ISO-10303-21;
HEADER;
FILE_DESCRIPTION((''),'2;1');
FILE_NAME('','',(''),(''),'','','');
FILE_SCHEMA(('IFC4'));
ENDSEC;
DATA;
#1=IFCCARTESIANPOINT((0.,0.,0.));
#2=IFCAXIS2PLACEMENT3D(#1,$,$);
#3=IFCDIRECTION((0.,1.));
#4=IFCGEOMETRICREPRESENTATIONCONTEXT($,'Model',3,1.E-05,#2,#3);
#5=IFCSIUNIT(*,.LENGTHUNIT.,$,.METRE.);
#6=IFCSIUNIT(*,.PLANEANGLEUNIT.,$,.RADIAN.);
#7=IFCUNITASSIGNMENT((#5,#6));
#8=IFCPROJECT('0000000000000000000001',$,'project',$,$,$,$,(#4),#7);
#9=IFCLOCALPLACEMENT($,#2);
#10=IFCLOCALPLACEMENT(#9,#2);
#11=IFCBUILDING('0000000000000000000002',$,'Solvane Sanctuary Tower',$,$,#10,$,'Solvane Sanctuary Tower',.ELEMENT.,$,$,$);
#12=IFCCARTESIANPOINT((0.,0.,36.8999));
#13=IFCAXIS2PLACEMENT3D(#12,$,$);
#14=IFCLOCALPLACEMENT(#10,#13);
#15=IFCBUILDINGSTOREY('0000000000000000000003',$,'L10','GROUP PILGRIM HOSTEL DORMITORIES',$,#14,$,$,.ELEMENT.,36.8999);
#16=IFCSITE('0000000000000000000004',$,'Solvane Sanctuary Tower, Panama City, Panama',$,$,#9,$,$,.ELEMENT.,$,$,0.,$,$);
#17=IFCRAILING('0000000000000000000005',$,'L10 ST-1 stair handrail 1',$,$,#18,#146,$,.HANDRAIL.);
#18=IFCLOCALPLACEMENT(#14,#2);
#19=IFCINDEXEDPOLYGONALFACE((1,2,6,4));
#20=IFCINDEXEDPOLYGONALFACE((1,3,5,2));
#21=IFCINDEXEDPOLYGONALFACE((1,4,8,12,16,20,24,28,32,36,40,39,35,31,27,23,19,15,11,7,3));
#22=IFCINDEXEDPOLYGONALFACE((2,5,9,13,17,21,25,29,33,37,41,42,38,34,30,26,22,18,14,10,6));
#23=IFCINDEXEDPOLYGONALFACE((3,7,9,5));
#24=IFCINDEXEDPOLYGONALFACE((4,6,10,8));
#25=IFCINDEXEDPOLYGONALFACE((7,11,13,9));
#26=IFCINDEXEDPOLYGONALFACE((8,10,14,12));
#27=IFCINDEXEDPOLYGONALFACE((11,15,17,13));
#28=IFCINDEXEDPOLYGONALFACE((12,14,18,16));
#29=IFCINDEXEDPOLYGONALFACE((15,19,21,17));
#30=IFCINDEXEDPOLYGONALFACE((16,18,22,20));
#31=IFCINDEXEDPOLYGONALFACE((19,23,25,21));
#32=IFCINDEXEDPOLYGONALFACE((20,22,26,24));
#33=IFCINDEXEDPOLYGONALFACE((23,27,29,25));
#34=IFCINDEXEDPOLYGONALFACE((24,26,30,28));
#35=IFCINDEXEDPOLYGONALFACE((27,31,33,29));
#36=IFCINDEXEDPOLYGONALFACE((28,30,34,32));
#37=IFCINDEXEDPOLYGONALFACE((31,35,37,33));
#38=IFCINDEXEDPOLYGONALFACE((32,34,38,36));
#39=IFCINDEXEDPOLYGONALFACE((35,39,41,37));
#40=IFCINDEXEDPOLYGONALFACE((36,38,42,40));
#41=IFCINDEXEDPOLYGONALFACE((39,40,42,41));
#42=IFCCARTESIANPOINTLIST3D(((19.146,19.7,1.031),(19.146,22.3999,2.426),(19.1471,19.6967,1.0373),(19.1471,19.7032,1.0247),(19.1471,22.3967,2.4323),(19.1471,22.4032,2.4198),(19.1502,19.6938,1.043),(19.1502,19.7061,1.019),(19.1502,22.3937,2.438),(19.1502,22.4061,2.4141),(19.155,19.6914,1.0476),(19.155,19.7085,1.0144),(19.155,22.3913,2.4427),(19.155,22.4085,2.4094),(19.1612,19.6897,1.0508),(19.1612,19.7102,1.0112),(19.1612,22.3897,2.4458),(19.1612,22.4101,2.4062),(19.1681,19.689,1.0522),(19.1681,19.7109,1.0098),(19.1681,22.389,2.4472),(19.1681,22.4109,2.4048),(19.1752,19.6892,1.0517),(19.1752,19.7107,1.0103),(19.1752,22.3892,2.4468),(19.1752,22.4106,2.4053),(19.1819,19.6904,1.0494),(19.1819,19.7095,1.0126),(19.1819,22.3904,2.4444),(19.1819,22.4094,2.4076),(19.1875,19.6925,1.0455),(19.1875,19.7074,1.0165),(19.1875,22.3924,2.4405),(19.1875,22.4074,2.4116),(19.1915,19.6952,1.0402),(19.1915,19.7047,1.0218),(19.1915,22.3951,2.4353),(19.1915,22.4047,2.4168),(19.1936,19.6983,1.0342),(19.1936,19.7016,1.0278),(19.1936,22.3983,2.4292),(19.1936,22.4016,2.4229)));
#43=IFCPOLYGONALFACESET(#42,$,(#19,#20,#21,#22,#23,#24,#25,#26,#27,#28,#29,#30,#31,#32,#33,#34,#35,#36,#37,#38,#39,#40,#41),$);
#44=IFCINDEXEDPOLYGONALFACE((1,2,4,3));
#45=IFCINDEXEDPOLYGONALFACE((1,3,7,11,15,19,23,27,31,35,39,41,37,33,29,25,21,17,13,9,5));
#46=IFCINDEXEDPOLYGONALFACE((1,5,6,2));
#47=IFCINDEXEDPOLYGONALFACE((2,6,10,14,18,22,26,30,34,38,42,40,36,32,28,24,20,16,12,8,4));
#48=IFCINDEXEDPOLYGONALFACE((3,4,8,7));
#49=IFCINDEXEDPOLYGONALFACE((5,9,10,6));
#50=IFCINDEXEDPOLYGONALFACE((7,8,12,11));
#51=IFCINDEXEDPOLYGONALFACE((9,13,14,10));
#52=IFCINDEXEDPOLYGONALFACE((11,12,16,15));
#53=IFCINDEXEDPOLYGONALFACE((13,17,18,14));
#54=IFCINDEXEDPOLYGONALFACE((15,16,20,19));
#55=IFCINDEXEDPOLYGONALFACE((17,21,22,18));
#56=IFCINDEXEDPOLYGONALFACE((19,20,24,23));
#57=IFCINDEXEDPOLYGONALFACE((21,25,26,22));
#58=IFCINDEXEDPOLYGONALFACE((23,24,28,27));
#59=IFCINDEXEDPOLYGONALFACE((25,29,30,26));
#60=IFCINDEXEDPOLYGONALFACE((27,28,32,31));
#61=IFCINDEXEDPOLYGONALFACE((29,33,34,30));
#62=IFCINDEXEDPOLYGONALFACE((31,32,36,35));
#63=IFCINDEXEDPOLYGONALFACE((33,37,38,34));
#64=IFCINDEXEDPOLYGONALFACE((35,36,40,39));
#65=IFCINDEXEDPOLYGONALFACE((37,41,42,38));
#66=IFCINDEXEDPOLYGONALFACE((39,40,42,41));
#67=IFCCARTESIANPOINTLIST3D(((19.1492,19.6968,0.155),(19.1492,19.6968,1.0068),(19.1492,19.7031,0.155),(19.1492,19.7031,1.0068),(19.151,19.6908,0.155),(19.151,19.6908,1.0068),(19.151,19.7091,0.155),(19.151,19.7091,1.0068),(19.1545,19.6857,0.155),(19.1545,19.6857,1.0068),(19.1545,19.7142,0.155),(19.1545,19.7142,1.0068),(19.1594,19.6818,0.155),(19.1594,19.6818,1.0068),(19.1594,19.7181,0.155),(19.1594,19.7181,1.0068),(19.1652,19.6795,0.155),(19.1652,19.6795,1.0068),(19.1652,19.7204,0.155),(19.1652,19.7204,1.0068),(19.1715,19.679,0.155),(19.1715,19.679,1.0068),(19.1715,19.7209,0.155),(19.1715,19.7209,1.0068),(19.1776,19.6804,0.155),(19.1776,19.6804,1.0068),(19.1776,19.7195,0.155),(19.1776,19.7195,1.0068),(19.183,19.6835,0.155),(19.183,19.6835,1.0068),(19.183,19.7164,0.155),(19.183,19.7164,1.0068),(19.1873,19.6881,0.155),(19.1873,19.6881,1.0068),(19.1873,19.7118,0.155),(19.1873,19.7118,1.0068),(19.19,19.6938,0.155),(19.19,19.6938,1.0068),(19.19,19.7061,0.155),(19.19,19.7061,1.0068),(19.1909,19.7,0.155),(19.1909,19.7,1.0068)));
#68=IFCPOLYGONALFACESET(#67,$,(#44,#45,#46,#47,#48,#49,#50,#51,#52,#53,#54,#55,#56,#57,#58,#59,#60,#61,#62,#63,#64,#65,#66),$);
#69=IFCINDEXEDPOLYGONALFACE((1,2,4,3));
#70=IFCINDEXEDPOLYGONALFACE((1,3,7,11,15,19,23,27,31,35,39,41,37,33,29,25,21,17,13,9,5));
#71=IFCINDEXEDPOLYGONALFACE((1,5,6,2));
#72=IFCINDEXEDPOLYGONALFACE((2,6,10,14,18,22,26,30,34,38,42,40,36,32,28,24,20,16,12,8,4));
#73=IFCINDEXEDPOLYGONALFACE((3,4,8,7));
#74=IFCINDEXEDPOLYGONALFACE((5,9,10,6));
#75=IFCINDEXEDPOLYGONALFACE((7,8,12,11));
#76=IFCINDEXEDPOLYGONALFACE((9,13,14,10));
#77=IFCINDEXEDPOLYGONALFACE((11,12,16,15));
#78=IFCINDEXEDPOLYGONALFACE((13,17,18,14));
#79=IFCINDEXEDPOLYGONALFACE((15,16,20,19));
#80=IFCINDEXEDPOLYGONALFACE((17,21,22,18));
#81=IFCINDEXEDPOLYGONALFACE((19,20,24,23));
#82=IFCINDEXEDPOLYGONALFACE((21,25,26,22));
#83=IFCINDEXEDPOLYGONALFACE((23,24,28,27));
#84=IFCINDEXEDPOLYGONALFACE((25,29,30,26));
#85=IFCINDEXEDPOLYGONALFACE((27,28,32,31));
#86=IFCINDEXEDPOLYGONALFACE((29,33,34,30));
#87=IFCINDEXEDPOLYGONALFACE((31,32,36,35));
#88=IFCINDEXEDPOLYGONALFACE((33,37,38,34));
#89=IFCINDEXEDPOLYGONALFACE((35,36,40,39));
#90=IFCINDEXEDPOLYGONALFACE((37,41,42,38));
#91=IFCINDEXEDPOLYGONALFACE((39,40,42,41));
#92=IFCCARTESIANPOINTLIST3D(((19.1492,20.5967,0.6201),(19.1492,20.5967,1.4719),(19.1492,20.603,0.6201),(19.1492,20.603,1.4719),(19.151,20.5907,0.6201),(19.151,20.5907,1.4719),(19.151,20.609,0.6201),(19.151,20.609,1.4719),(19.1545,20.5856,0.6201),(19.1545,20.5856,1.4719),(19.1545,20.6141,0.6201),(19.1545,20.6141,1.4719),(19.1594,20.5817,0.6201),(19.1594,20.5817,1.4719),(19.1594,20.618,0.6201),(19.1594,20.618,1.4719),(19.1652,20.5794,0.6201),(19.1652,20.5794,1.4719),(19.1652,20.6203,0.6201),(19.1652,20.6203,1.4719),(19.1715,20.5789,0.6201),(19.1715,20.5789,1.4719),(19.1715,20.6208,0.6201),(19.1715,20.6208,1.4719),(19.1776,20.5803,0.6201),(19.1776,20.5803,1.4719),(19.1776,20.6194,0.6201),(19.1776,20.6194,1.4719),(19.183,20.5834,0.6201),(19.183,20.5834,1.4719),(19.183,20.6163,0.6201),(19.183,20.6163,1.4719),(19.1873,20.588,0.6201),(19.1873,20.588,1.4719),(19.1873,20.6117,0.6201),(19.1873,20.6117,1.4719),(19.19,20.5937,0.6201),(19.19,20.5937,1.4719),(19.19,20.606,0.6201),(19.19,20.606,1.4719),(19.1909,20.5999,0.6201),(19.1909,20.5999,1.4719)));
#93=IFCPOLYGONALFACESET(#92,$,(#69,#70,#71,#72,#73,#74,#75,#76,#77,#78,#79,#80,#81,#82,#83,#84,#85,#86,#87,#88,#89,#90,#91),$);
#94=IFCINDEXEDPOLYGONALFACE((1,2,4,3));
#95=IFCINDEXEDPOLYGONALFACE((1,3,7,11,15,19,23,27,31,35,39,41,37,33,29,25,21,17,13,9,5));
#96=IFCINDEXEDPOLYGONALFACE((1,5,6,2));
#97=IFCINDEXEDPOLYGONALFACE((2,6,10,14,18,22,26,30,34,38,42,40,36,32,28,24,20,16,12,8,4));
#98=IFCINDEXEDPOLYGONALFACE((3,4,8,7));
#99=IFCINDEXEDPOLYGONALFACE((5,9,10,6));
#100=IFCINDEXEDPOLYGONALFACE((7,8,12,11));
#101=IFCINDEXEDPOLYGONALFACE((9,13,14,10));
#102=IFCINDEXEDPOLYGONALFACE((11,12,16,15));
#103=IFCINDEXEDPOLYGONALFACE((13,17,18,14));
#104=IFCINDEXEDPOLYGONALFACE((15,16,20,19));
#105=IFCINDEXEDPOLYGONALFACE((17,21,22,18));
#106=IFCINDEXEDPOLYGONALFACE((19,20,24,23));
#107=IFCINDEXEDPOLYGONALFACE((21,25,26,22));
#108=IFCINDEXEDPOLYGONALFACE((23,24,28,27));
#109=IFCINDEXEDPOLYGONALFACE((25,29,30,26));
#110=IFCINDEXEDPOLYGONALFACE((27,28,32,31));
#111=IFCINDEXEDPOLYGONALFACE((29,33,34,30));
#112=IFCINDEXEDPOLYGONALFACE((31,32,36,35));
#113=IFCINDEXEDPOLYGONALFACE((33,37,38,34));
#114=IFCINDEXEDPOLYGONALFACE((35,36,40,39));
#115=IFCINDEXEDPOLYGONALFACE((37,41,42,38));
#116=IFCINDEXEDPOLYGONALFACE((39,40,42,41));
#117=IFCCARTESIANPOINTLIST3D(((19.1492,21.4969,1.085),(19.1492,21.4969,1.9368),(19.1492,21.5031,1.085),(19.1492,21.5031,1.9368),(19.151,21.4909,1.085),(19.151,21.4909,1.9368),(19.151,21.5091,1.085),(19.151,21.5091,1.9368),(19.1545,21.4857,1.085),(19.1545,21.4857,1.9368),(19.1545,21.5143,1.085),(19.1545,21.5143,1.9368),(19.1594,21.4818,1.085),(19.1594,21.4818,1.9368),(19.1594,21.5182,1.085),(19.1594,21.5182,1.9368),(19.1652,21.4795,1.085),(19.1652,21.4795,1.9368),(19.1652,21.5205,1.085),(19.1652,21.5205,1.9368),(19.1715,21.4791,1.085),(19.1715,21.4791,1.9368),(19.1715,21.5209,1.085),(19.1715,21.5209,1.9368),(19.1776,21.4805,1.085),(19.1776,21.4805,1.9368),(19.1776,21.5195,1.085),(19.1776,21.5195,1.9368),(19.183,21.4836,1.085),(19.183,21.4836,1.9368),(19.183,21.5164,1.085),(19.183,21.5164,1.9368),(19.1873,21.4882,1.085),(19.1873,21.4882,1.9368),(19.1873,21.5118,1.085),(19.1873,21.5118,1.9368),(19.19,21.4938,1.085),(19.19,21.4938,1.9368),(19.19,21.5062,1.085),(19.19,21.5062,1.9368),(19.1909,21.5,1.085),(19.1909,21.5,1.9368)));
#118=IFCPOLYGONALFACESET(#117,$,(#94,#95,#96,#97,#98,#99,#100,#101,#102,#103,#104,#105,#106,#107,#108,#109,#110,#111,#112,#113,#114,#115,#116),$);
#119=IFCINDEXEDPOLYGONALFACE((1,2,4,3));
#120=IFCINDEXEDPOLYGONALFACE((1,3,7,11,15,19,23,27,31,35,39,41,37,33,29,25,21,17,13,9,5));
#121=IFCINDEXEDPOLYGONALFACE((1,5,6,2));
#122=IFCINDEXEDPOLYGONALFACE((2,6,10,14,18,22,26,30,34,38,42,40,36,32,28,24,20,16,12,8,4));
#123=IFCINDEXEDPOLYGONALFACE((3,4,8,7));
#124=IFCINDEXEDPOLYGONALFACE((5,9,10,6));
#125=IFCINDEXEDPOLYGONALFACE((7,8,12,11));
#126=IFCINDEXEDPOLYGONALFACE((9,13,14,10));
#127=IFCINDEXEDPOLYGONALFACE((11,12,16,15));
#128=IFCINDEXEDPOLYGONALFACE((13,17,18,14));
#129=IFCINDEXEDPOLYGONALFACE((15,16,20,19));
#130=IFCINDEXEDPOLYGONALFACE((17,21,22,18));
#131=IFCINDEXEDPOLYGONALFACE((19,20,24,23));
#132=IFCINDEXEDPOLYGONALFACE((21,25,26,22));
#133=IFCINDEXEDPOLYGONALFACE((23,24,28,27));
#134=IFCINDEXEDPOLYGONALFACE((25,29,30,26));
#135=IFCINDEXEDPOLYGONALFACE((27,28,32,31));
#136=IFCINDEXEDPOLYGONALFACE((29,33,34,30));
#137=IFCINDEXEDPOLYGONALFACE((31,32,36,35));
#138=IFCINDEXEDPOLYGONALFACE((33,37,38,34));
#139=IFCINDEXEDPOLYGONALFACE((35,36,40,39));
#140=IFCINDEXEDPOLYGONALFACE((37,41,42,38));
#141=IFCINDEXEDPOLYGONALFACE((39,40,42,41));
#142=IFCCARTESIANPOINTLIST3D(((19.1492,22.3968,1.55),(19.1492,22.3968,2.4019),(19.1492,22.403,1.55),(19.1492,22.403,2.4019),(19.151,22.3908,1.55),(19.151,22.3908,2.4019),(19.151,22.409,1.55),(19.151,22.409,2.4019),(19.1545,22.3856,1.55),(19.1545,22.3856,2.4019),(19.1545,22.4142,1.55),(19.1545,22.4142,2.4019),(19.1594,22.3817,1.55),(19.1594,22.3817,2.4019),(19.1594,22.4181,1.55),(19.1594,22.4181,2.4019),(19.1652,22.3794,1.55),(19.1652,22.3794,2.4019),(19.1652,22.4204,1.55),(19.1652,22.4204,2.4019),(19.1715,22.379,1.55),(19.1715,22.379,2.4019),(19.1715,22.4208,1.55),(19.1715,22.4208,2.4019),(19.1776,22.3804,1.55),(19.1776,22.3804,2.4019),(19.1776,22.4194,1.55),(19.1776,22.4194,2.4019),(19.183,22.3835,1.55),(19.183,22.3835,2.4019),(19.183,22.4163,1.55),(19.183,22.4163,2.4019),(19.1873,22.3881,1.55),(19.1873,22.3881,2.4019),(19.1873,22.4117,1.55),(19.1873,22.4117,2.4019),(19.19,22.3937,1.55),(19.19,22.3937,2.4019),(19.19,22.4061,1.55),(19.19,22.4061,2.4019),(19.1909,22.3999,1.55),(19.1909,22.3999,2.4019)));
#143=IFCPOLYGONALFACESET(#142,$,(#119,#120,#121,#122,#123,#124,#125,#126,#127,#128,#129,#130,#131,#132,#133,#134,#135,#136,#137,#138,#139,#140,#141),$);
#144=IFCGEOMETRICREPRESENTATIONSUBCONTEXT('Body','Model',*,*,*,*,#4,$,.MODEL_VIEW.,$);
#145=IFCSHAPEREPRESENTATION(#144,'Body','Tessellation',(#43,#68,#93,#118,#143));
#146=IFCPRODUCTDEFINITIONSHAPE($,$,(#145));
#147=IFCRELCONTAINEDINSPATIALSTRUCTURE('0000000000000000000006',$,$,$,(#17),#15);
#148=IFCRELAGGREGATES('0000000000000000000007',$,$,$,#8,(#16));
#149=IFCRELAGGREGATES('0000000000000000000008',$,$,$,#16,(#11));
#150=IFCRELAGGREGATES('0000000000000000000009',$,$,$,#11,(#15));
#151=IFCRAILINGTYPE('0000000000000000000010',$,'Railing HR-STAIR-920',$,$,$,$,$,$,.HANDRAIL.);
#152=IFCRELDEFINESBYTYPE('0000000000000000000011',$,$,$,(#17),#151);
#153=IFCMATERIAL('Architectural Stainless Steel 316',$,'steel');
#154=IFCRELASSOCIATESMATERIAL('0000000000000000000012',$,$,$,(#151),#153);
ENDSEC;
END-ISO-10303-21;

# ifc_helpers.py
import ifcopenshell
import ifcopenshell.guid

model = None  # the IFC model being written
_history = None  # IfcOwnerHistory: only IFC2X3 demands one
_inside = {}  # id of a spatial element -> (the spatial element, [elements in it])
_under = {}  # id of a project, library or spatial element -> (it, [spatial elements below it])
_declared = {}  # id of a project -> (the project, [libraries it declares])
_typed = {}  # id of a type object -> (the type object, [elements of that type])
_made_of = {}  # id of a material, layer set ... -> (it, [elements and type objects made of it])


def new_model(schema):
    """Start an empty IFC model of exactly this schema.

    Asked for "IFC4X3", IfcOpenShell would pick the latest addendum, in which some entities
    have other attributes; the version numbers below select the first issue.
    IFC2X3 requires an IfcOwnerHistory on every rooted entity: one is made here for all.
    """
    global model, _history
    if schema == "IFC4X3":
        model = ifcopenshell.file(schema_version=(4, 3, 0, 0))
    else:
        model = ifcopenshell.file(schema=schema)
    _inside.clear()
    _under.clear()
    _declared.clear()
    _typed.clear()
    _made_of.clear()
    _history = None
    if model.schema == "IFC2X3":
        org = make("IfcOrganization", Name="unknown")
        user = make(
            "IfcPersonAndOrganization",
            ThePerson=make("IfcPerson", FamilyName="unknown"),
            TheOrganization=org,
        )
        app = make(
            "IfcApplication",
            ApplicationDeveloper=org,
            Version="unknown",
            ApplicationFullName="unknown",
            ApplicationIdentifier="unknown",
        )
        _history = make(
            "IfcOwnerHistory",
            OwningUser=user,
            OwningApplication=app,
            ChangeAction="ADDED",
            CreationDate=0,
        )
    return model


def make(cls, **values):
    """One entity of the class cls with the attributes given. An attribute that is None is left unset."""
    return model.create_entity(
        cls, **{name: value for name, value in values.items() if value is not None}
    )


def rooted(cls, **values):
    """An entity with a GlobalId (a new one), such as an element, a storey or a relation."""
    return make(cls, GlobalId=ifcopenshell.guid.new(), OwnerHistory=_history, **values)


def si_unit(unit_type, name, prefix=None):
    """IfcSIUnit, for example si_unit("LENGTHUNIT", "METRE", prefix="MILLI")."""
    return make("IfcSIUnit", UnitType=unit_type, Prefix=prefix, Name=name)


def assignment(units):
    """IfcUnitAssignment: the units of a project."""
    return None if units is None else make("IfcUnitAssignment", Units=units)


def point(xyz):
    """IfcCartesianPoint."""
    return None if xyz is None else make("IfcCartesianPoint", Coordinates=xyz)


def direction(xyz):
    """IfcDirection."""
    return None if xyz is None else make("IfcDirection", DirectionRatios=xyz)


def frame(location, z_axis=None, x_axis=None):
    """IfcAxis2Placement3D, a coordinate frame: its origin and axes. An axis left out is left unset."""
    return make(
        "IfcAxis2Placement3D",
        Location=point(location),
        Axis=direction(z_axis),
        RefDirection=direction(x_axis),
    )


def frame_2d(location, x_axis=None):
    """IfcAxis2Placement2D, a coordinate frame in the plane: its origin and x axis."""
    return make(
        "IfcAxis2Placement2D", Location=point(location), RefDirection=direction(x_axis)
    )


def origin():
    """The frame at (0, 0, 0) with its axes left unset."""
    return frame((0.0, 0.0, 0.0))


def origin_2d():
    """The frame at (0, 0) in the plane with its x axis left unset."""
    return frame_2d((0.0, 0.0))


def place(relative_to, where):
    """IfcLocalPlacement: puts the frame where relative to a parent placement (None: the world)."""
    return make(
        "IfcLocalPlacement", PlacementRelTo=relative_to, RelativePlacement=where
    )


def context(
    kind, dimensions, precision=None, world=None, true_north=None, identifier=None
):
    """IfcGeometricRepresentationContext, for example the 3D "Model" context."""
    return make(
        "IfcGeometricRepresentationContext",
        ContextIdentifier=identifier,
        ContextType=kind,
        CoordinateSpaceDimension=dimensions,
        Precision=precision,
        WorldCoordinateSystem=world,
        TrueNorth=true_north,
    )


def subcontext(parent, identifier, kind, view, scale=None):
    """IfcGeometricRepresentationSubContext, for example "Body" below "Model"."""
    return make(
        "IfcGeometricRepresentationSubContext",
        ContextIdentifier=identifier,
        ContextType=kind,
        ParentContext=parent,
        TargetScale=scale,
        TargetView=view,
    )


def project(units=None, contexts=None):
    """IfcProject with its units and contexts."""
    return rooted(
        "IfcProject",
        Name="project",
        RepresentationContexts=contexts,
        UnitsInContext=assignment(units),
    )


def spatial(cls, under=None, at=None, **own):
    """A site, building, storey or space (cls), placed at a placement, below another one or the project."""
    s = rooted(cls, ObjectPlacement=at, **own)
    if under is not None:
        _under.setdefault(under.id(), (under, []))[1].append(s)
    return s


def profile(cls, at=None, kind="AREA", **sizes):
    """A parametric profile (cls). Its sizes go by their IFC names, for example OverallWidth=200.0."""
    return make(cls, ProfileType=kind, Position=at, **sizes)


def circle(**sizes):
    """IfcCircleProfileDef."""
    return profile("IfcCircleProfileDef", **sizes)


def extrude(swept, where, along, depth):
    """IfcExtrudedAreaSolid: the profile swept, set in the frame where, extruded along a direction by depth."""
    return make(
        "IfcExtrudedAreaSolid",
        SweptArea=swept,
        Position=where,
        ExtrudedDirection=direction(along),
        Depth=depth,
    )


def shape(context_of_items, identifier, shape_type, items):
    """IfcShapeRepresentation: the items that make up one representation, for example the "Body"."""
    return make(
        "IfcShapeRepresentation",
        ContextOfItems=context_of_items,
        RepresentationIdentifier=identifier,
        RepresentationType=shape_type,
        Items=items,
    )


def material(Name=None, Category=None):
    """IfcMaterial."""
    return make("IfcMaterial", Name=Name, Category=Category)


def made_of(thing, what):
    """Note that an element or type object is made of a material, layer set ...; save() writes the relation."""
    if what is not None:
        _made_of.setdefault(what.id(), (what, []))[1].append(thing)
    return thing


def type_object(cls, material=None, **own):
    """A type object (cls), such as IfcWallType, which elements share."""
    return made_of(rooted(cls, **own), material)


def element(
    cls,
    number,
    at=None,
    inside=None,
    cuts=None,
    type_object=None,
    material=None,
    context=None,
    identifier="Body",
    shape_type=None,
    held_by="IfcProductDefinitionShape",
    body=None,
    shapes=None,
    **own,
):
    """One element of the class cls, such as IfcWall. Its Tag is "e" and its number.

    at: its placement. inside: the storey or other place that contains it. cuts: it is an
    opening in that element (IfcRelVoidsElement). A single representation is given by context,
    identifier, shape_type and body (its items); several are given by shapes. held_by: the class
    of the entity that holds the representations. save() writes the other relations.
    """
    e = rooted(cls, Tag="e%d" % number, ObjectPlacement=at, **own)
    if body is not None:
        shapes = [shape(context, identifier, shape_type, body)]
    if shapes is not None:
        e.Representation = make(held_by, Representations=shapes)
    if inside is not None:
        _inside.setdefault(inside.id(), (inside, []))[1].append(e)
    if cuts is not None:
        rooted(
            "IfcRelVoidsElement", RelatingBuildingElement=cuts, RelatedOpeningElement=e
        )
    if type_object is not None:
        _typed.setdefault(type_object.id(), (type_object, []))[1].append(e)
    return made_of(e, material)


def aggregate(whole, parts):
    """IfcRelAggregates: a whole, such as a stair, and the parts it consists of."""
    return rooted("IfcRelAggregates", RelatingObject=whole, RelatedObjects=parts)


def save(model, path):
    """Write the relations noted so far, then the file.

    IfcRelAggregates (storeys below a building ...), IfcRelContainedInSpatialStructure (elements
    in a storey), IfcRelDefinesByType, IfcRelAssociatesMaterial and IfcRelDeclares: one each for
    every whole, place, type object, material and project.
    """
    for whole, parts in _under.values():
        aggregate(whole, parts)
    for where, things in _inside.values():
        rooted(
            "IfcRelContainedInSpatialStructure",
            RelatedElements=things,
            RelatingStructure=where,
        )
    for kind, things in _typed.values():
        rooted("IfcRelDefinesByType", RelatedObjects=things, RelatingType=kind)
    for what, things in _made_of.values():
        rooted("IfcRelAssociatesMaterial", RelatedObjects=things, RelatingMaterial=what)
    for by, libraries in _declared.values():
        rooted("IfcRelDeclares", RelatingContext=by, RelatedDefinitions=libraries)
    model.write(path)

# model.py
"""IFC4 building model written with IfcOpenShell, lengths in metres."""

from ifc_helpers import new_model, si_unit, direction, frame, origin, origin_2d, place, context, subcontext, project, spatial, circle, extrude, material, type_object, element, save


model = new_model("IFC4")

# Units and contexts
model_context = context("Model", 3, precision=1e-05, world=origin(), true_north=direction((0.0, 1.0)))
body_context = subcontext(model_context, "Body", "Model", "MODEL_VIEW")
ifc_project = project(units=[si_unit("LENGTHUNIT", "METRE"), si_unit("PLANEANGLEUNIT", "RADIAN")], contexts=[model_context])

# Site, building, storey
site_placement = place(None, origin())
site = spatial("IfcSite", under=ifc_project, at=site_placement, Name="Solvane Sanctuary Tower, Panama City, Panama", CompositionType="ELEMENT", RefElevation=0.0)
building_placement = place(site_placement, origin())
building = spatial("IfcBuilding", under=site, at=building_placement, Name="Solvane Sanctuary Tower", LongName="Solvane Sanctuary Tower", CompositionType="ELEMENT")
storey_placement = place(building_placement, frame((0.0, 0.0, 36.8999)))
storey = spatial("IfcBuildingStorey", under=building, at=storey_placement, Name="L10", Description="GROUP PILGRIM HOSTEL DORMITORIES", CompositionType="ELEMENT", Elevation=36.8999)

# Shared definitions
ifc_material_1 = material(Name="Architectural Stainless Steel 316", Category="steel")

# Railing
railing_type_1 = type_object("IfcRailingType", Name="Railing HR-STAIR-920", PredefinedType="HANDRAIL", material=ifc_material_1)
railing_1_placement = place(storey_placement, frame((19.1699, 19.7, 0.155)))
element("IfcRailing", 1, at=railing_1_placement, inside=storey, type_object=railing_type_1, Name="L10 ST-1 stair handrail 1", PredefinedType="HANDRAIL", context=body_context, shape_type="SweptSolid", body=[
    extrude(circle(Radius=0.0239, at=origin_2d()), frame((0.0, 0.0, 0.876), z_axis=(0.0, 0.88842, 0.459032), x_axis=(-1.0, 0.0, 0.0)), (0.0, 0.0, 1.0), 3.0391),
    extrude(circle(Radius=0.021, at=origin_2d()), origin(), (0.0, 0.0, 1.0), 0.8518),
    extrude(circle(Radius=0.021, at=origin_2d()), frame((0.0, 0.8999, 0.4651)), (0.0, 0.0, 1.0), 0.8518),
    extrude(circle(Radius=0.021, at=origin_2d()), frame((0.0, 1.8, 0.9299)), (0.0, 0.0, 1.0), 0.8518),
    extrude(circle(Radius=0.021, at=origin_2d()), frame((0.0, 2.7, 1.395)), (0.0, 0.0, 1.0), 0.8518),
])

save(model, "model.ifc")
